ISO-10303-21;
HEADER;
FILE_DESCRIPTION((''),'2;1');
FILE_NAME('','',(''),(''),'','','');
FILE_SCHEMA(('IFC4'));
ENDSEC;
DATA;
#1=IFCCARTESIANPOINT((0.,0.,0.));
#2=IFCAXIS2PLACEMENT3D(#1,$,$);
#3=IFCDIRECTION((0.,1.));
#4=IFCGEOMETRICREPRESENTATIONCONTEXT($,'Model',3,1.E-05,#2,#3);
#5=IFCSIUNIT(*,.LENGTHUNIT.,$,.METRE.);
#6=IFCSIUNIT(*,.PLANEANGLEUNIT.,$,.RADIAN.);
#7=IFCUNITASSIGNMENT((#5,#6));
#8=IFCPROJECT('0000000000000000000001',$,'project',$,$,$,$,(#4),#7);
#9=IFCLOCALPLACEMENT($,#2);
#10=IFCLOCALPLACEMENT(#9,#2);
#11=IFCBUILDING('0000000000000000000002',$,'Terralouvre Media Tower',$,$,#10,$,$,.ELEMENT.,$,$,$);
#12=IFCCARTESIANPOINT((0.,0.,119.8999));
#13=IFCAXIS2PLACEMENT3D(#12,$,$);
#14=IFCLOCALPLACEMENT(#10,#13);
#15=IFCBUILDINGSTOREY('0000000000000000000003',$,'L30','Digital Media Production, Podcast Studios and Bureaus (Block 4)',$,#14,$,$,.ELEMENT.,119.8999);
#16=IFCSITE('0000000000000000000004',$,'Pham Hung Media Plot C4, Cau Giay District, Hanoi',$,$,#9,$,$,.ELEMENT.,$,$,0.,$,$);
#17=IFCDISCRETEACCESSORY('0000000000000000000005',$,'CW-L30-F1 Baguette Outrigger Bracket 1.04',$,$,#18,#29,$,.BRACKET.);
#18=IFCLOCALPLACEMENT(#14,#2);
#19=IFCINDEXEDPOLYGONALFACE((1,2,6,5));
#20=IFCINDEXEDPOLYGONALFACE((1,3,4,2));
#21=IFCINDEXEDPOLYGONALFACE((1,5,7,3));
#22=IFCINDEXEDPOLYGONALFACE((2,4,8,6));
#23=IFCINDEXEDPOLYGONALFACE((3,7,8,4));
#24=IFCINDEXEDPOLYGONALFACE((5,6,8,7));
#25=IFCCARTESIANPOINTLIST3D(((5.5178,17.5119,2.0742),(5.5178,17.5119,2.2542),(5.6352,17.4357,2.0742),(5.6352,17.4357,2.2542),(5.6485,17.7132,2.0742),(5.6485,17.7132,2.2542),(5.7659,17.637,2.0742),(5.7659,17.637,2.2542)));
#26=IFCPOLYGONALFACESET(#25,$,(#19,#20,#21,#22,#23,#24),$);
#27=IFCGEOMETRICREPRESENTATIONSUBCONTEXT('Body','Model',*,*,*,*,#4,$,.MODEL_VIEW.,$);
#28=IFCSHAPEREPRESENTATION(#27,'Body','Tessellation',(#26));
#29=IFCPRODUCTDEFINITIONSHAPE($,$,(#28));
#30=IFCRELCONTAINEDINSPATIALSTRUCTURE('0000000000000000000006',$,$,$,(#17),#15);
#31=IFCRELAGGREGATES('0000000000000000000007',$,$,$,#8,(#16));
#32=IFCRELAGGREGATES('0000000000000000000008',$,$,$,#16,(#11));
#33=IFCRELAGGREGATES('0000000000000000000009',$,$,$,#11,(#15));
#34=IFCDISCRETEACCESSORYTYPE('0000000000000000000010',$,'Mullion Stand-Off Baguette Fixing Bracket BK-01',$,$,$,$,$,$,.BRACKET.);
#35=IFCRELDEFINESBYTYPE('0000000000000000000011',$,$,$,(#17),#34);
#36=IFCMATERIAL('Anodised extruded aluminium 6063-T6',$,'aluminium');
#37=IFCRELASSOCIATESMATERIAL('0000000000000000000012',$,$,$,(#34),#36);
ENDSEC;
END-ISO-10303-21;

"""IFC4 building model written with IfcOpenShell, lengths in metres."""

from ifc_helpers import new_model, si_unit, direction, frame, origin, origin_2d, place, context, subcontext, project, spatial, rectangle, extrude, material, type_object, element, save


model = new_model("IFC4")

# Units and contexts
model_context = context("Model", 3, precision=1e-05, world=origin(), true_north=direction((0.0, 1.0)))
body_context = subcontext(model_context, "Body", "Model", "MODEL_VIEW")
ifc_project = project(units=[si_unit("LENGTHUNIT", "METRE"), si_unit("PLANEANGLEUNIT", "RADIAN")], contexts=[model_context])

# Site, building, storey
site_placement = place(None, origin())
site = spatial("IfcSite", under=ifc_project, at=site_placement, Name="Pham Hung Media Plot C4, Cau Giay District, Hanoi", CompositionType="ELEMENT", RefElevation=0.0)
building_placement = place(site_placement, origin())
building = spatial("IfcBuilding", under=site, at=building_placement, Name="Terralouvre Media Tower", CompositionType="ELEMENT")
storey_placement = place(building_placement, frame((0.0, 0.0, 119.8999)))
storey = spatial("IfcBuildingStorey", under=building, at=storey_placement, Name="L30", Description="Digital Media Production, Podcast Studios and Bureaus (Block 4)", CompositionType="ELEMENT", Elevation=119.8999)

# Discrete accessory
ifc_material_1 = material(Name="Anodised extruded aluminium 6063-T6", Category="aluminium")
discrete_accessory_type = type_object("IfcDiscreteAccessoryType", Name="Mullion Stand-Off Baguette Fixing Bracket BK-01", PredefinedType="BRACKET", material=ifc_material_1)
discrete_accessory_placement = place(storey_placement, frame((5.6418, 17.5745, 2.0742), z_axis=(0.0, 0.0, 1.0), x_axis=(-0.838671, 0.544639, 0.0)))
element("IfcDiscreteAccessory", 1, at=discrete_accessory_placement, inside=storey, type_object=discrete_accessory_type, Name="CW-L30-F1 Baguette Outrigger Bracket 1.04", PredefinedType="BRACKET", context=body_context, shape_type="SweptSolid", body=[
    extrude(rectangle(XDim=0.1399, YDim=0.24, at=origin_2d()), origin(), (0.0, 0.0, 1.0), 0.1799),
])

save(model, "model.ifc")
